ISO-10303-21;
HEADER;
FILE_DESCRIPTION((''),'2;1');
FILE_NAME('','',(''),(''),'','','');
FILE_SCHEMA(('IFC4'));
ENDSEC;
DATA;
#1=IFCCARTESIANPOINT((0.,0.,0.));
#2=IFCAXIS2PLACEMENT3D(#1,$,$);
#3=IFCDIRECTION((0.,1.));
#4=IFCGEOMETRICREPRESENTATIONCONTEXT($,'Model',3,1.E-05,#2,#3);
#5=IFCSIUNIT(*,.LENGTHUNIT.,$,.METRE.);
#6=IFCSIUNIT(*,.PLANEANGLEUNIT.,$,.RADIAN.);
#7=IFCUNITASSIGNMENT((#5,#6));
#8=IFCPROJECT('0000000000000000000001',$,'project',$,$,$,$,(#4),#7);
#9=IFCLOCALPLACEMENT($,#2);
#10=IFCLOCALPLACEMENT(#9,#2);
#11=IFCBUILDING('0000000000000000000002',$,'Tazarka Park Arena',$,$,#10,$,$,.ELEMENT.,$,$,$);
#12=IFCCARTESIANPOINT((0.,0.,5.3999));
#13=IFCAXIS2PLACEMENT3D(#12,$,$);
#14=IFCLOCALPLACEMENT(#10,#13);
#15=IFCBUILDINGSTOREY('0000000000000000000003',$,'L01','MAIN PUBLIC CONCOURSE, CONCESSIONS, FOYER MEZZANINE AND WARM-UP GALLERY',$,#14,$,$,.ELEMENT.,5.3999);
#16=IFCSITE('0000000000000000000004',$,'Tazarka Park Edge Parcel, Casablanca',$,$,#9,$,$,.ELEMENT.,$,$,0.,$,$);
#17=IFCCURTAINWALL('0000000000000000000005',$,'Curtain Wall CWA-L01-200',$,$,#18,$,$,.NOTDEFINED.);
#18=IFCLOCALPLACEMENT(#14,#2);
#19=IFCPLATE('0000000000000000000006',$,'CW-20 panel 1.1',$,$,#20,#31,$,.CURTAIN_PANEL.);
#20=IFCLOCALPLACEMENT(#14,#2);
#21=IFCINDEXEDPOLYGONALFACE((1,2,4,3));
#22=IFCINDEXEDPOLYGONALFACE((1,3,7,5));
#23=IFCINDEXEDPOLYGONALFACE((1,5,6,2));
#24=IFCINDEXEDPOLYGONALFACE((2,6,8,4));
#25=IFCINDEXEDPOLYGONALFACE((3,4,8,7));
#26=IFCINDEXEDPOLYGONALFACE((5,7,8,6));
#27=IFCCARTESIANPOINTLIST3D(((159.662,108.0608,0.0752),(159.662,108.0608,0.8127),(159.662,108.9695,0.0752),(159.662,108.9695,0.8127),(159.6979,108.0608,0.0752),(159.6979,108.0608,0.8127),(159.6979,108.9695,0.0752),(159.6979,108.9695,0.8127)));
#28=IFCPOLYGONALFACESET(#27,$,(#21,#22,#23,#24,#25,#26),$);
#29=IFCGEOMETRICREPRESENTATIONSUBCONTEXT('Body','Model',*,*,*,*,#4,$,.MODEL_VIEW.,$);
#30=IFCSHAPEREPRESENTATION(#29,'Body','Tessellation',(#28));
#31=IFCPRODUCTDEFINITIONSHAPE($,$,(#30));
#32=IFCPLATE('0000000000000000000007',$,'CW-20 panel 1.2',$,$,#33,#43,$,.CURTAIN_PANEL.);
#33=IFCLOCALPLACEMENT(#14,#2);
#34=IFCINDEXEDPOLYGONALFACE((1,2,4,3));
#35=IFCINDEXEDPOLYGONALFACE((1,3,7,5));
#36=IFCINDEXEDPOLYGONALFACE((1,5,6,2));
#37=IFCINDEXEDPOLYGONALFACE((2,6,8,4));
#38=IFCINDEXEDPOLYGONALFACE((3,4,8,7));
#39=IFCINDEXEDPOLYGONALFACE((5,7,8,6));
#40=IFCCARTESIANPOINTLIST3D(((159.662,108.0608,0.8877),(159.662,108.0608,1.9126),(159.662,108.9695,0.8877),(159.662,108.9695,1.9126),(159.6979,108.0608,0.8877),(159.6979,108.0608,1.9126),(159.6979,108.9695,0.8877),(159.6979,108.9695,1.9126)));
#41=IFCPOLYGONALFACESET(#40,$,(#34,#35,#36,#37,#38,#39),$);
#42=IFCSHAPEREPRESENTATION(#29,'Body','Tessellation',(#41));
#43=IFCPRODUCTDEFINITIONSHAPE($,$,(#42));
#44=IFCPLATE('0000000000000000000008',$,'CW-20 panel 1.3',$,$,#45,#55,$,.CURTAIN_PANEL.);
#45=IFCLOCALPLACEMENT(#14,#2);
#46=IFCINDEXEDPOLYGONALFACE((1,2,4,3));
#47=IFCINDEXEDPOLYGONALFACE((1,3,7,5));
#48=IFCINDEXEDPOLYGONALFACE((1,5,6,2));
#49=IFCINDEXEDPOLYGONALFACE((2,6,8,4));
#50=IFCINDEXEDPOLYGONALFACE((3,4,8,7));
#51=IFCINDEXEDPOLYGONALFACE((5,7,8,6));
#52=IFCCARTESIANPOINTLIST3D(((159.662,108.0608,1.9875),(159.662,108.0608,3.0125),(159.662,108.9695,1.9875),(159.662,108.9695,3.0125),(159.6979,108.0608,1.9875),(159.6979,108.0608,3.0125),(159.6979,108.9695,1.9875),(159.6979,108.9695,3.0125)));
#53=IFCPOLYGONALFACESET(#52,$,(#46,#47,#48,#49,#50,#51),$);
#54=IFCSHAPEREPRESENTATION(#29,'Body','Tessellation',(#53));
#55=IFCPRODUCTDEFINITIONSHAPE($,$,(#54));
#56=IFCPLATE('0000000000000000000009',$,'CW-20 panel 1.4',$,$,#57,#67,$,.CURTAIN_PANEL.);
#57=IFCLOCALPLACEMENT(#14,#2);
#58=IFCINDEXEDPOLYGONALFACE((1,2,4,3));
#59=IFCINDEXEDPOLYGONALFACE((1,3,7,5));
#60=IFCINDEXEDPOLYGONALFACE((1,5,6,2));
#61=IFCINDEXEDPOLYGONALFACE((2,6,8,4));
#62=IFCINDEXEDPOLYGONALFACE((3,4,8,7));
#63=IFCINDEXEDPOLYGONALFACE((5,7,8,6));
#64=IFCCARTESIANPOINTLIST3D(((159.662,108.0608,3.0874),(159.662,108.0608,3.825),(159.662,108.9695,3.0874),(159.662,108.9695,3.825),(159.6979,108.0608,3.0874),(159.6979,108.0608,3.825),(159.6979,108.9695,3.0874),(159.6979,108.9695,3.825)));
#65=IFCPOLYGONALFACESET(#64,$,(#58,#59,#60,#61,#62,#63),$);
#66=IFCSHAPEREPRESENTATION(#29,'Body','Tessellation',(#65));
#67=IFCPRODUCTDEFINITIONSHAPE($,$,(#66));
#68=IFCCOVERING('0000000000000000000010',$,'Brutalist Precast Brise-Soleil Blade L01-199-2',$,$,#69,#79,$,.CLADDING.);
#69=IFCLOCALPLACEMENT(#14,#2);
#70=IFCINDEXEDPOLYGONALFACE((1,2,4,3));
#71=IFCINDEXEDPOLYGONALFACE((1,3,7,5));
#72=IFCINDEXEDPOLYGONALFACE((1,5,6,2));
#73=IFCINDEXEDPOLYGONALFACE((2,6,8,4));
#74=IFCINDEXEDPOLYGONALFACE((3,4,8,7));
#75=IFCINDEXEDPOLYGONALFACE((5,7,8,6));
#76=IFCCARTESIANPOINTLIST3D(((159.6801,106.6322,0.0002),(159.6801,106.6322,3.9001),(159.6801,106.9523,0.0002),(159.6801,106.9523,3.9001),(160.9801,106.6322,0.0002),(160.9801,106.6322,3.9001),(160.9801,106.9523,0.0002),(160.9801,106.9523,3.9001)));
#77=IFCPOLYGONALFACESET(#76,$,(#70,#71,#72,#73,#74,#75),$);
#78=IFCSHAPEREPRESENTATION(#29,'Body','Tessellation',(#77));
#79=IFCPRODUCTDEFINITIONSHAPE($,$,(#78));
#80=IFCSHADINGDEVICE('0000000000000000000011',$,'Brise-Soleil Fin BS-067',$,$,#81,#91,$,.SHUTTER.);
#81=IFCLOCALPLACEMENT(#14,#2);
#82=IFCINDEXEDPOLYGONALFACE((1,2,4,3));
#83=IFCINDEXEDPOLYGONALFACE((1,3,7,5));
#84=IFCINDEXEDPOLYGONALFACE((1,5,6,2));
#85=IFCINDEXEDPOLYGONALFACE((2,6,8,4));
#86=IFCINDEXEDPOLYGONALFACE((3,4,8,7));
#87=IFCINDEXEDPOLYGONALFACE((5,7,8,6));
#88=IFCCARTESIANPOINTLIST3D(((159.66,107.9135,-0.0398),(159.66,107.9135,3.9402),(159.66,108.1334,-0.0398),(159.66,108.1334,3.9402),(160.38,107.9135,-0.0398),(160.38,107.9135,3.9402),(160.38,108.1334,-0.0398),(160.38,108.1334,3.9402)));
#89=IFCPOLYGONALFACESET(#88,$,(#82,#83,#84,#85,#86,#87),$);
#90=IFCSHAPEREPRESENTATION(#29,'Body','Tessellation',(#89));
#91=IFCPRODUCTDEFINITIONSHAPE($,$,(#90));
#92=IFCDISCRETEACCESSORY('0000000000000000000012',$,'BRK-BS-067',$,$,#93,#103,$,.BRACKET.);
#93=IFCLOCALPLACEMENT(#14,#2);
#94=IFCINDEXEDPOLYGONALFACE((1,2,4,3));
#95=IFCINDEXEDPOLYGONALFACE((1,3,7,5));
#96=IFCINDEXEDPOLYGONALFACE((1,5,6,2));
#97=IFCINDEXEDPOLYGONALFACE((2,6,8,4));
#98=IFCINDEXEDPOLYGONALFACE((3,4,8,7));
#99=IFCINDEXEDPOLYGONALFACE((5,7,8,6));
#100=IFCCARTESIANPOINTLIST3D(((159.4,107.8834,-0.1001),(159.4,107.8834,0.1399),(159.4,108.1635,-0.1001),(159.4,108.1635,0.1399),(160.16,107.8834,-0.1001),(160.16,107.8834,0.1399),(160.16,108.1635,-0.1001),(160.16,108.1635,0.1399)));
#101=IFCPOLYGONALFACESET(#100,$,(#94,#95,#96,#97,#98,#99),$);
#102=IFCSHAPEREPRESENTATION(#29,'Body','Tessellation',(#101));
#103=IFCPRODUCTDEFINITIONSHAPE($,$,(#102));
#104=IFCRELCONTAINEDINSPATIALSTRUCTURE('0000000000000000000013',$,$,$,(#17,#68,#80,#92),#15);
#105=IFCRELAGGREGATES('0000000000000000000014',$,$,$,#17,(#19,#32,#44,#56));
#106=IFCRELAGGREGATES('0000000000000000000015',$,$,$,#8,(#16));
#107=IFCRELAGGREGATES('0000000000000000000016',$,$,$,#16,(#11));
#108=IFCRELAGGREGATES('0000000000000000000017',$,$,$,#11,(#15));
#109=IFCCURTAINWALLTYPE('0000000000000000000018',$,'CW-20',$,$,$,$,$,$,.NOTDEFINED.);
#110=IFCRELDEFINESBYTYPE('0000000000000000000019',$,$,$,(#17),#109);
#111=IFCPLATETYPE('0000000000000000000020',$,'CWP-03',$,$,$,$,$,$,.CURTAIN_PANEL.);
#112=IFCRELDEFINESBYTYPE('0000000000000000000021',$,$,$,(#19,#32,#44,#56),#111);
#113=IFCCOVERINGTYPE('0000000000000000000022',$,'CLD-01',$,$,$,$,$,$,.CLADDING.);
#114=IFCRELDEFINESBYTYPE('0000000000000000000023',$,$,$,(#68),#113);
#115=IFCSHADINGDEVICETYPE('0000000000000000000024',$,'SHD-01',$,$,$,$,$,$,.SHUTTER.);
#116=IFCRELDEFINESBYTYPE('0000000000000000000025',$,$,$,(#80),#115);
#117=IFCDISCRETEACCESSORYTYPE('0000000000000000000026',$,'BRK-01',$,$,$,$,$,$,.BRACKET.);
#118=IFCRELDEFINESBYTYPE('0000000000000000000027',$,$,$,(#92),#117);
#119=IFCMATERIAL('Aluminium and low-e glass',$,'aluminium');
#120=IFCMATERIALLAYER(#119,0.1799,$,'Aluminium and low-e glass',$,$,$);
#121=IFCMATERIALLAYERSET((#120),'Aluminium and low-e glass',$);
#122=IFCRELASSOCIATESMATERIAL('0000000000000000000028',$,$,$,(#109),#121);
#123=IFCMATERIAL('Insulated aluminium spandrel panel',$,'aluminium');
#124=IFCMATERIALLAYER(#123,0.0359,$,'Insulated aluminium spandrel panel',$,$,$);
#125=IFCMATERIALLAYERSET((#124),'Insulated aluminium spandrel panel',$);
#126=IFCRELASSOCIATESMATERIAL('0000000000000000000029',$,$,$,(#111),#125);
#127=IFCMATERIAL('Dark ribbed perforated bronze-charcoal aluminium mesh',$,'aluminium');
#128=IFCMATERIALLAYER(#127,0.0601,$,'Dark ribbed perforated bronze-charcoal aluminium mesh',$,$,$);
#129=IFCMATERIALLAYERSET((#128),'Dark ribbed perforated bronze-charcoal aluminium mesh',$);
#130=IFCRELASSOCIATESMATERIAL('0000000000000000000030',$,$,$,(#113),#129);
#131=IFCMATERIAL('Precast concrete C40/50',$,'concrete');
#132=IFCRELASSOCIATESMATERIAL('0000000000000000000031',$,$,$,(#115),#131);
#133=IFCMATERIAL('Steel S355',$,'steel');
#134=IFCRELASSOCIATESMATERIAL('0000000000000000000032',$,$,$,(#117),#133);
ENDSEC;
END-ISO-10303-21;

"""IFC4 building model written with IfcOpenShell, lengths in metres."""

from ifc_helpers import new_model, si_unit, direction, frame, origin, origin_2d, place, context, subcontext, project, spatial, rectangle, extrude, material, layer, layer_set, type_object, element, aggregate, save


model = new_model("IFC4")

# Units and contexts
model_context = context("Model", 3, precision=1e-05, world=origin(), true_north=direction((0.0, 1.0)))
body_context = subcontext(model_context, "Body", "Model", "MODEL_VIEW")
ifc_project = project(units=[si_unit("LENGTHUNIT", "METRE"), si_unit("PLANEANGLEUNIT", "RADIAN")], contexts=[model_context])

# Site, building, storey
site_placement = place(None, origin())
site = spatial("IfcSite", under=ifc_project, at=site_placement, Name="Tazarka Park Edge Parcel, Casablanca", CompositionType="ELEMENT", RefElevation=0.0)
building_placement = place(site_placement, origin())
building = spatial("IfcBuilding", under=site, at=building_placement, Name="Tazarka Park Arena", CompositionType="ELEMENT")
storey_placement = place(building_placement, frame((0.0, 0.0, 5.3999)))
storey = spatial("IfcBuildingStorey", under=building, at=storey_placement, Name="L01", Description="MAIN PUBLIC CONCOURSE, CONCESSIONS, FOYER MEZZANINE AND WARM-UP GALLERY", CompositionType="ELEMENT", Elevation=5.3999)

# Curtain wall
ifc_material_1 = material(Name="Aluminium and low-e glass", Category="aluminium")
ifc_layer_1 = layer(ifc_material_1, 0.1799, Name="Aluminium and low-e glass")
ifc_layer_set_1 = layer_set([ifc_layer_1], Name="Aluminium and low-e glass")
curtain_wall_type_1 = type_object("IfcCurtainWallType", Name="CW-20", PredefinedType="NOTDEFINED", material=ifc_layer_set_1)
curtain_wall_1_placement = place(storey_placement, origin())
curtain_wall_1 = element("IfcCurtainWall", 1, at=curtain_wall_1_placement, inside=storey, type_object=curtain_wall_type_1, Name="Curtain Wall CWA-L01-200", PredefinedType="NOTDEFINED")

# Plates
ifc_material_2 = material(Name="Insulated aluminium spandrel panel", Category="aluminium")
ifc_layer_2 = layer(ifc_material_2, 0.0359, Name="Insulated aluminium spandrel panel")
ifc_layer_set_2 = layer_set([ifc_layer_2], Name="Insulated aluminium spandrel panel")
plate_type_1 = type_object("IfcPlateType", Name="CWP-03", PredefinedType="CURTAIN_PANEL", material=ifc_layer_set_2)
plate_1_placement = place(storey_placement, frame((159.6799, 108.5151, 0.0752), z_axis=(0.0, 0.0, 1.0), x_axis=(0.0, -1.0, 0.0)))
plate_1 = element("IfcPlate", 2, at=plate_1_placement, type_object=plate_type_1, Name="CW-20 panel 1.1", PredefinedType="CURTAIN_PANEL", context=body_context, shape_type="SweptSolid", body=[
    extrude(rectangle(XDim=0.9087, YDim=0.0359, at=origin_2d()), origin(), (0.0, 0.0, 1.0), 0.7375),
])
plate_2_placement = place(storey_placement, frame((159.6799, 108.5151, 0.8877), z_axis=(0.0, 0.0, 1.0), x_axis=(0.0, -1.0, 0.0)))
plate_2 = element("IfcPlate", 3, at=plate_2_placement, type_object=plate_type_1, Name="CW-20 panel 1.2", PredefinedType="CURTAIN_PANEL", context=body_context, shape_type="SweptSolid", body=[
    extrude(rectangle(XDim=0.9087, YDim=0.0359, at=origin_2d()), origin(), (0.0, 0.0, 1.0), 1.0249),
])
plate_3_placement = place(storey_placement, frame((159.6799, 108.5151, 1.9875), z_axis=(0.0, 0.0, 1.0), x_axis=(0.0, -1.0, 0.0)))
plate_3 = element("IfcPlate", 4, at=plate_3_placement, type_object=plate_type_1, Name="CW-20 panel 1.3", PredefinedType="CURTAIN_PANEL", context=body_context, shape_type="SweptSolid", body=[
    extrude(rectangle(XDim=0.9087, YDim=0.0359, at=origin_2d()), origin(), (0.0, 0.0, 1.0), 1.0249),
])
plate_4_placement = place(storey_placement, frame((159.6799, 108.5151, 3.0874), z_axis=(0.0, 0.0, 1.0), x_axis=(0.0, -1.0, 0.0)))
plate_4 = element("IfcPlate", 5, at=plate_4_placement, type_object=plate_type_1, Name="CW-20 panel 1.4", PredefinedType="CURTAIN_PANEL", context=body_context, shape_type="SweptSolid", body=[
    extrude(rectangle(XDim=0.9087, YDim=0.0359, at=origin_2d()), origin(), (0.0, 0.0, 1.0), 0.7375),
])
aggregate(curtain_wall_1, [plate_1, plate_2, plate_3, plate_4])

# Covering
ifc_material_3 = material(Name="Dark ribbed perforated bronze-charcoal aluminium mesh", Category="aluminium")
ifc_layer_3 = layer(ifc_material_3, 0.0601, Name="Dark ribbed perforated bronze-charcoal aluminium mesh")
ifc_layer_set_3 = layer_set([ifc_layer_3], Name="Dark ribbed perforated bronze-charcoal aluminium mesh")
covering_type = type_object("IfcCoveringType", Name="CLD-01", PredefinedType="CLADDING", material=ifc_layer_set_3)
covering_placement = place(storey_placement, frame((160.3301, 106.7922, 0.0002), z_axis=(0.0, 0.0, 1.0), x_axis=(0.0, -1.0, 0.0)))
element("IfcCovering", 6, at=covering_placement, inside=storey, type_object=covering_type, Name="Brutalist Precast Brise-Soleil Blade L01-199-2", PredefinedType="CLADDING", context=body_context, shape_type="SweptSolid", body=[
    extrude(rectangle(XDim=0.3201, YDim=1.3, at=origin_2d()), origin(), (0.0, 0.0, 1.0), 3.8999),
])

# Shading device
ifc_material_4 = material(Name="Precast concrete C40/50", Category="concrete")
shading_device_type = type_object("IfcShadingDeviceType", Name="SHD-01", PredefinedType="SHUTTER", material=ifc_material_4)
shading_device_placement = place(storey_placement, frame((160.02, 108.0234, -0.0398), z_axis=(0.0, 0.0, 1.0), x_axis=(0.0, -1.0, 0.0)))
element("IfcShadingDevice", 7, at=shading_device_placement, inside=storey, type_object=shading_device_type, Name="Brise-Soleil Fin BS-067", PredefinedType="SHUTTER", context=body_context, shape_type="SweptSolid", body=[
    extrude(rectangle(XDim=0.22, YDim=0.72, at=origin_2d()), origin(), (0.0, 0.0, 1.0), 3.98),
])

# Discrete accessory
ifc_material_5 = material(Name="Steel S355", Category="steel")
discrete_accessory_type = type_object("IfcDiscreteAccessoryType", Name="BRK-01", PredefinedType="BRACKET", material=ifc_material_5)
discrete_accessory_placement = place(storey_placement, frame((159.78, 108.0234, -0.1001), z_axis=(0.0, 0.0, 1.0), x_axis=(0.0, -1.0, 0.0)))
element("IfcDiscreteAccessory", 8, at=discrete_accessory_placement, inside=storey, type_object=discrete_accessory_type, Name="BRK-BS-067", PredefinedType="BRACKET", context=body_context, shape_type="SweptSolid", body=[
    extrude(rectangle(XDim=0.28, YDim=0.76, at=origin_2d()), origin(), (0.0, 0.0, 1.0), 0.24),
])

save(model, "model.ifc")
